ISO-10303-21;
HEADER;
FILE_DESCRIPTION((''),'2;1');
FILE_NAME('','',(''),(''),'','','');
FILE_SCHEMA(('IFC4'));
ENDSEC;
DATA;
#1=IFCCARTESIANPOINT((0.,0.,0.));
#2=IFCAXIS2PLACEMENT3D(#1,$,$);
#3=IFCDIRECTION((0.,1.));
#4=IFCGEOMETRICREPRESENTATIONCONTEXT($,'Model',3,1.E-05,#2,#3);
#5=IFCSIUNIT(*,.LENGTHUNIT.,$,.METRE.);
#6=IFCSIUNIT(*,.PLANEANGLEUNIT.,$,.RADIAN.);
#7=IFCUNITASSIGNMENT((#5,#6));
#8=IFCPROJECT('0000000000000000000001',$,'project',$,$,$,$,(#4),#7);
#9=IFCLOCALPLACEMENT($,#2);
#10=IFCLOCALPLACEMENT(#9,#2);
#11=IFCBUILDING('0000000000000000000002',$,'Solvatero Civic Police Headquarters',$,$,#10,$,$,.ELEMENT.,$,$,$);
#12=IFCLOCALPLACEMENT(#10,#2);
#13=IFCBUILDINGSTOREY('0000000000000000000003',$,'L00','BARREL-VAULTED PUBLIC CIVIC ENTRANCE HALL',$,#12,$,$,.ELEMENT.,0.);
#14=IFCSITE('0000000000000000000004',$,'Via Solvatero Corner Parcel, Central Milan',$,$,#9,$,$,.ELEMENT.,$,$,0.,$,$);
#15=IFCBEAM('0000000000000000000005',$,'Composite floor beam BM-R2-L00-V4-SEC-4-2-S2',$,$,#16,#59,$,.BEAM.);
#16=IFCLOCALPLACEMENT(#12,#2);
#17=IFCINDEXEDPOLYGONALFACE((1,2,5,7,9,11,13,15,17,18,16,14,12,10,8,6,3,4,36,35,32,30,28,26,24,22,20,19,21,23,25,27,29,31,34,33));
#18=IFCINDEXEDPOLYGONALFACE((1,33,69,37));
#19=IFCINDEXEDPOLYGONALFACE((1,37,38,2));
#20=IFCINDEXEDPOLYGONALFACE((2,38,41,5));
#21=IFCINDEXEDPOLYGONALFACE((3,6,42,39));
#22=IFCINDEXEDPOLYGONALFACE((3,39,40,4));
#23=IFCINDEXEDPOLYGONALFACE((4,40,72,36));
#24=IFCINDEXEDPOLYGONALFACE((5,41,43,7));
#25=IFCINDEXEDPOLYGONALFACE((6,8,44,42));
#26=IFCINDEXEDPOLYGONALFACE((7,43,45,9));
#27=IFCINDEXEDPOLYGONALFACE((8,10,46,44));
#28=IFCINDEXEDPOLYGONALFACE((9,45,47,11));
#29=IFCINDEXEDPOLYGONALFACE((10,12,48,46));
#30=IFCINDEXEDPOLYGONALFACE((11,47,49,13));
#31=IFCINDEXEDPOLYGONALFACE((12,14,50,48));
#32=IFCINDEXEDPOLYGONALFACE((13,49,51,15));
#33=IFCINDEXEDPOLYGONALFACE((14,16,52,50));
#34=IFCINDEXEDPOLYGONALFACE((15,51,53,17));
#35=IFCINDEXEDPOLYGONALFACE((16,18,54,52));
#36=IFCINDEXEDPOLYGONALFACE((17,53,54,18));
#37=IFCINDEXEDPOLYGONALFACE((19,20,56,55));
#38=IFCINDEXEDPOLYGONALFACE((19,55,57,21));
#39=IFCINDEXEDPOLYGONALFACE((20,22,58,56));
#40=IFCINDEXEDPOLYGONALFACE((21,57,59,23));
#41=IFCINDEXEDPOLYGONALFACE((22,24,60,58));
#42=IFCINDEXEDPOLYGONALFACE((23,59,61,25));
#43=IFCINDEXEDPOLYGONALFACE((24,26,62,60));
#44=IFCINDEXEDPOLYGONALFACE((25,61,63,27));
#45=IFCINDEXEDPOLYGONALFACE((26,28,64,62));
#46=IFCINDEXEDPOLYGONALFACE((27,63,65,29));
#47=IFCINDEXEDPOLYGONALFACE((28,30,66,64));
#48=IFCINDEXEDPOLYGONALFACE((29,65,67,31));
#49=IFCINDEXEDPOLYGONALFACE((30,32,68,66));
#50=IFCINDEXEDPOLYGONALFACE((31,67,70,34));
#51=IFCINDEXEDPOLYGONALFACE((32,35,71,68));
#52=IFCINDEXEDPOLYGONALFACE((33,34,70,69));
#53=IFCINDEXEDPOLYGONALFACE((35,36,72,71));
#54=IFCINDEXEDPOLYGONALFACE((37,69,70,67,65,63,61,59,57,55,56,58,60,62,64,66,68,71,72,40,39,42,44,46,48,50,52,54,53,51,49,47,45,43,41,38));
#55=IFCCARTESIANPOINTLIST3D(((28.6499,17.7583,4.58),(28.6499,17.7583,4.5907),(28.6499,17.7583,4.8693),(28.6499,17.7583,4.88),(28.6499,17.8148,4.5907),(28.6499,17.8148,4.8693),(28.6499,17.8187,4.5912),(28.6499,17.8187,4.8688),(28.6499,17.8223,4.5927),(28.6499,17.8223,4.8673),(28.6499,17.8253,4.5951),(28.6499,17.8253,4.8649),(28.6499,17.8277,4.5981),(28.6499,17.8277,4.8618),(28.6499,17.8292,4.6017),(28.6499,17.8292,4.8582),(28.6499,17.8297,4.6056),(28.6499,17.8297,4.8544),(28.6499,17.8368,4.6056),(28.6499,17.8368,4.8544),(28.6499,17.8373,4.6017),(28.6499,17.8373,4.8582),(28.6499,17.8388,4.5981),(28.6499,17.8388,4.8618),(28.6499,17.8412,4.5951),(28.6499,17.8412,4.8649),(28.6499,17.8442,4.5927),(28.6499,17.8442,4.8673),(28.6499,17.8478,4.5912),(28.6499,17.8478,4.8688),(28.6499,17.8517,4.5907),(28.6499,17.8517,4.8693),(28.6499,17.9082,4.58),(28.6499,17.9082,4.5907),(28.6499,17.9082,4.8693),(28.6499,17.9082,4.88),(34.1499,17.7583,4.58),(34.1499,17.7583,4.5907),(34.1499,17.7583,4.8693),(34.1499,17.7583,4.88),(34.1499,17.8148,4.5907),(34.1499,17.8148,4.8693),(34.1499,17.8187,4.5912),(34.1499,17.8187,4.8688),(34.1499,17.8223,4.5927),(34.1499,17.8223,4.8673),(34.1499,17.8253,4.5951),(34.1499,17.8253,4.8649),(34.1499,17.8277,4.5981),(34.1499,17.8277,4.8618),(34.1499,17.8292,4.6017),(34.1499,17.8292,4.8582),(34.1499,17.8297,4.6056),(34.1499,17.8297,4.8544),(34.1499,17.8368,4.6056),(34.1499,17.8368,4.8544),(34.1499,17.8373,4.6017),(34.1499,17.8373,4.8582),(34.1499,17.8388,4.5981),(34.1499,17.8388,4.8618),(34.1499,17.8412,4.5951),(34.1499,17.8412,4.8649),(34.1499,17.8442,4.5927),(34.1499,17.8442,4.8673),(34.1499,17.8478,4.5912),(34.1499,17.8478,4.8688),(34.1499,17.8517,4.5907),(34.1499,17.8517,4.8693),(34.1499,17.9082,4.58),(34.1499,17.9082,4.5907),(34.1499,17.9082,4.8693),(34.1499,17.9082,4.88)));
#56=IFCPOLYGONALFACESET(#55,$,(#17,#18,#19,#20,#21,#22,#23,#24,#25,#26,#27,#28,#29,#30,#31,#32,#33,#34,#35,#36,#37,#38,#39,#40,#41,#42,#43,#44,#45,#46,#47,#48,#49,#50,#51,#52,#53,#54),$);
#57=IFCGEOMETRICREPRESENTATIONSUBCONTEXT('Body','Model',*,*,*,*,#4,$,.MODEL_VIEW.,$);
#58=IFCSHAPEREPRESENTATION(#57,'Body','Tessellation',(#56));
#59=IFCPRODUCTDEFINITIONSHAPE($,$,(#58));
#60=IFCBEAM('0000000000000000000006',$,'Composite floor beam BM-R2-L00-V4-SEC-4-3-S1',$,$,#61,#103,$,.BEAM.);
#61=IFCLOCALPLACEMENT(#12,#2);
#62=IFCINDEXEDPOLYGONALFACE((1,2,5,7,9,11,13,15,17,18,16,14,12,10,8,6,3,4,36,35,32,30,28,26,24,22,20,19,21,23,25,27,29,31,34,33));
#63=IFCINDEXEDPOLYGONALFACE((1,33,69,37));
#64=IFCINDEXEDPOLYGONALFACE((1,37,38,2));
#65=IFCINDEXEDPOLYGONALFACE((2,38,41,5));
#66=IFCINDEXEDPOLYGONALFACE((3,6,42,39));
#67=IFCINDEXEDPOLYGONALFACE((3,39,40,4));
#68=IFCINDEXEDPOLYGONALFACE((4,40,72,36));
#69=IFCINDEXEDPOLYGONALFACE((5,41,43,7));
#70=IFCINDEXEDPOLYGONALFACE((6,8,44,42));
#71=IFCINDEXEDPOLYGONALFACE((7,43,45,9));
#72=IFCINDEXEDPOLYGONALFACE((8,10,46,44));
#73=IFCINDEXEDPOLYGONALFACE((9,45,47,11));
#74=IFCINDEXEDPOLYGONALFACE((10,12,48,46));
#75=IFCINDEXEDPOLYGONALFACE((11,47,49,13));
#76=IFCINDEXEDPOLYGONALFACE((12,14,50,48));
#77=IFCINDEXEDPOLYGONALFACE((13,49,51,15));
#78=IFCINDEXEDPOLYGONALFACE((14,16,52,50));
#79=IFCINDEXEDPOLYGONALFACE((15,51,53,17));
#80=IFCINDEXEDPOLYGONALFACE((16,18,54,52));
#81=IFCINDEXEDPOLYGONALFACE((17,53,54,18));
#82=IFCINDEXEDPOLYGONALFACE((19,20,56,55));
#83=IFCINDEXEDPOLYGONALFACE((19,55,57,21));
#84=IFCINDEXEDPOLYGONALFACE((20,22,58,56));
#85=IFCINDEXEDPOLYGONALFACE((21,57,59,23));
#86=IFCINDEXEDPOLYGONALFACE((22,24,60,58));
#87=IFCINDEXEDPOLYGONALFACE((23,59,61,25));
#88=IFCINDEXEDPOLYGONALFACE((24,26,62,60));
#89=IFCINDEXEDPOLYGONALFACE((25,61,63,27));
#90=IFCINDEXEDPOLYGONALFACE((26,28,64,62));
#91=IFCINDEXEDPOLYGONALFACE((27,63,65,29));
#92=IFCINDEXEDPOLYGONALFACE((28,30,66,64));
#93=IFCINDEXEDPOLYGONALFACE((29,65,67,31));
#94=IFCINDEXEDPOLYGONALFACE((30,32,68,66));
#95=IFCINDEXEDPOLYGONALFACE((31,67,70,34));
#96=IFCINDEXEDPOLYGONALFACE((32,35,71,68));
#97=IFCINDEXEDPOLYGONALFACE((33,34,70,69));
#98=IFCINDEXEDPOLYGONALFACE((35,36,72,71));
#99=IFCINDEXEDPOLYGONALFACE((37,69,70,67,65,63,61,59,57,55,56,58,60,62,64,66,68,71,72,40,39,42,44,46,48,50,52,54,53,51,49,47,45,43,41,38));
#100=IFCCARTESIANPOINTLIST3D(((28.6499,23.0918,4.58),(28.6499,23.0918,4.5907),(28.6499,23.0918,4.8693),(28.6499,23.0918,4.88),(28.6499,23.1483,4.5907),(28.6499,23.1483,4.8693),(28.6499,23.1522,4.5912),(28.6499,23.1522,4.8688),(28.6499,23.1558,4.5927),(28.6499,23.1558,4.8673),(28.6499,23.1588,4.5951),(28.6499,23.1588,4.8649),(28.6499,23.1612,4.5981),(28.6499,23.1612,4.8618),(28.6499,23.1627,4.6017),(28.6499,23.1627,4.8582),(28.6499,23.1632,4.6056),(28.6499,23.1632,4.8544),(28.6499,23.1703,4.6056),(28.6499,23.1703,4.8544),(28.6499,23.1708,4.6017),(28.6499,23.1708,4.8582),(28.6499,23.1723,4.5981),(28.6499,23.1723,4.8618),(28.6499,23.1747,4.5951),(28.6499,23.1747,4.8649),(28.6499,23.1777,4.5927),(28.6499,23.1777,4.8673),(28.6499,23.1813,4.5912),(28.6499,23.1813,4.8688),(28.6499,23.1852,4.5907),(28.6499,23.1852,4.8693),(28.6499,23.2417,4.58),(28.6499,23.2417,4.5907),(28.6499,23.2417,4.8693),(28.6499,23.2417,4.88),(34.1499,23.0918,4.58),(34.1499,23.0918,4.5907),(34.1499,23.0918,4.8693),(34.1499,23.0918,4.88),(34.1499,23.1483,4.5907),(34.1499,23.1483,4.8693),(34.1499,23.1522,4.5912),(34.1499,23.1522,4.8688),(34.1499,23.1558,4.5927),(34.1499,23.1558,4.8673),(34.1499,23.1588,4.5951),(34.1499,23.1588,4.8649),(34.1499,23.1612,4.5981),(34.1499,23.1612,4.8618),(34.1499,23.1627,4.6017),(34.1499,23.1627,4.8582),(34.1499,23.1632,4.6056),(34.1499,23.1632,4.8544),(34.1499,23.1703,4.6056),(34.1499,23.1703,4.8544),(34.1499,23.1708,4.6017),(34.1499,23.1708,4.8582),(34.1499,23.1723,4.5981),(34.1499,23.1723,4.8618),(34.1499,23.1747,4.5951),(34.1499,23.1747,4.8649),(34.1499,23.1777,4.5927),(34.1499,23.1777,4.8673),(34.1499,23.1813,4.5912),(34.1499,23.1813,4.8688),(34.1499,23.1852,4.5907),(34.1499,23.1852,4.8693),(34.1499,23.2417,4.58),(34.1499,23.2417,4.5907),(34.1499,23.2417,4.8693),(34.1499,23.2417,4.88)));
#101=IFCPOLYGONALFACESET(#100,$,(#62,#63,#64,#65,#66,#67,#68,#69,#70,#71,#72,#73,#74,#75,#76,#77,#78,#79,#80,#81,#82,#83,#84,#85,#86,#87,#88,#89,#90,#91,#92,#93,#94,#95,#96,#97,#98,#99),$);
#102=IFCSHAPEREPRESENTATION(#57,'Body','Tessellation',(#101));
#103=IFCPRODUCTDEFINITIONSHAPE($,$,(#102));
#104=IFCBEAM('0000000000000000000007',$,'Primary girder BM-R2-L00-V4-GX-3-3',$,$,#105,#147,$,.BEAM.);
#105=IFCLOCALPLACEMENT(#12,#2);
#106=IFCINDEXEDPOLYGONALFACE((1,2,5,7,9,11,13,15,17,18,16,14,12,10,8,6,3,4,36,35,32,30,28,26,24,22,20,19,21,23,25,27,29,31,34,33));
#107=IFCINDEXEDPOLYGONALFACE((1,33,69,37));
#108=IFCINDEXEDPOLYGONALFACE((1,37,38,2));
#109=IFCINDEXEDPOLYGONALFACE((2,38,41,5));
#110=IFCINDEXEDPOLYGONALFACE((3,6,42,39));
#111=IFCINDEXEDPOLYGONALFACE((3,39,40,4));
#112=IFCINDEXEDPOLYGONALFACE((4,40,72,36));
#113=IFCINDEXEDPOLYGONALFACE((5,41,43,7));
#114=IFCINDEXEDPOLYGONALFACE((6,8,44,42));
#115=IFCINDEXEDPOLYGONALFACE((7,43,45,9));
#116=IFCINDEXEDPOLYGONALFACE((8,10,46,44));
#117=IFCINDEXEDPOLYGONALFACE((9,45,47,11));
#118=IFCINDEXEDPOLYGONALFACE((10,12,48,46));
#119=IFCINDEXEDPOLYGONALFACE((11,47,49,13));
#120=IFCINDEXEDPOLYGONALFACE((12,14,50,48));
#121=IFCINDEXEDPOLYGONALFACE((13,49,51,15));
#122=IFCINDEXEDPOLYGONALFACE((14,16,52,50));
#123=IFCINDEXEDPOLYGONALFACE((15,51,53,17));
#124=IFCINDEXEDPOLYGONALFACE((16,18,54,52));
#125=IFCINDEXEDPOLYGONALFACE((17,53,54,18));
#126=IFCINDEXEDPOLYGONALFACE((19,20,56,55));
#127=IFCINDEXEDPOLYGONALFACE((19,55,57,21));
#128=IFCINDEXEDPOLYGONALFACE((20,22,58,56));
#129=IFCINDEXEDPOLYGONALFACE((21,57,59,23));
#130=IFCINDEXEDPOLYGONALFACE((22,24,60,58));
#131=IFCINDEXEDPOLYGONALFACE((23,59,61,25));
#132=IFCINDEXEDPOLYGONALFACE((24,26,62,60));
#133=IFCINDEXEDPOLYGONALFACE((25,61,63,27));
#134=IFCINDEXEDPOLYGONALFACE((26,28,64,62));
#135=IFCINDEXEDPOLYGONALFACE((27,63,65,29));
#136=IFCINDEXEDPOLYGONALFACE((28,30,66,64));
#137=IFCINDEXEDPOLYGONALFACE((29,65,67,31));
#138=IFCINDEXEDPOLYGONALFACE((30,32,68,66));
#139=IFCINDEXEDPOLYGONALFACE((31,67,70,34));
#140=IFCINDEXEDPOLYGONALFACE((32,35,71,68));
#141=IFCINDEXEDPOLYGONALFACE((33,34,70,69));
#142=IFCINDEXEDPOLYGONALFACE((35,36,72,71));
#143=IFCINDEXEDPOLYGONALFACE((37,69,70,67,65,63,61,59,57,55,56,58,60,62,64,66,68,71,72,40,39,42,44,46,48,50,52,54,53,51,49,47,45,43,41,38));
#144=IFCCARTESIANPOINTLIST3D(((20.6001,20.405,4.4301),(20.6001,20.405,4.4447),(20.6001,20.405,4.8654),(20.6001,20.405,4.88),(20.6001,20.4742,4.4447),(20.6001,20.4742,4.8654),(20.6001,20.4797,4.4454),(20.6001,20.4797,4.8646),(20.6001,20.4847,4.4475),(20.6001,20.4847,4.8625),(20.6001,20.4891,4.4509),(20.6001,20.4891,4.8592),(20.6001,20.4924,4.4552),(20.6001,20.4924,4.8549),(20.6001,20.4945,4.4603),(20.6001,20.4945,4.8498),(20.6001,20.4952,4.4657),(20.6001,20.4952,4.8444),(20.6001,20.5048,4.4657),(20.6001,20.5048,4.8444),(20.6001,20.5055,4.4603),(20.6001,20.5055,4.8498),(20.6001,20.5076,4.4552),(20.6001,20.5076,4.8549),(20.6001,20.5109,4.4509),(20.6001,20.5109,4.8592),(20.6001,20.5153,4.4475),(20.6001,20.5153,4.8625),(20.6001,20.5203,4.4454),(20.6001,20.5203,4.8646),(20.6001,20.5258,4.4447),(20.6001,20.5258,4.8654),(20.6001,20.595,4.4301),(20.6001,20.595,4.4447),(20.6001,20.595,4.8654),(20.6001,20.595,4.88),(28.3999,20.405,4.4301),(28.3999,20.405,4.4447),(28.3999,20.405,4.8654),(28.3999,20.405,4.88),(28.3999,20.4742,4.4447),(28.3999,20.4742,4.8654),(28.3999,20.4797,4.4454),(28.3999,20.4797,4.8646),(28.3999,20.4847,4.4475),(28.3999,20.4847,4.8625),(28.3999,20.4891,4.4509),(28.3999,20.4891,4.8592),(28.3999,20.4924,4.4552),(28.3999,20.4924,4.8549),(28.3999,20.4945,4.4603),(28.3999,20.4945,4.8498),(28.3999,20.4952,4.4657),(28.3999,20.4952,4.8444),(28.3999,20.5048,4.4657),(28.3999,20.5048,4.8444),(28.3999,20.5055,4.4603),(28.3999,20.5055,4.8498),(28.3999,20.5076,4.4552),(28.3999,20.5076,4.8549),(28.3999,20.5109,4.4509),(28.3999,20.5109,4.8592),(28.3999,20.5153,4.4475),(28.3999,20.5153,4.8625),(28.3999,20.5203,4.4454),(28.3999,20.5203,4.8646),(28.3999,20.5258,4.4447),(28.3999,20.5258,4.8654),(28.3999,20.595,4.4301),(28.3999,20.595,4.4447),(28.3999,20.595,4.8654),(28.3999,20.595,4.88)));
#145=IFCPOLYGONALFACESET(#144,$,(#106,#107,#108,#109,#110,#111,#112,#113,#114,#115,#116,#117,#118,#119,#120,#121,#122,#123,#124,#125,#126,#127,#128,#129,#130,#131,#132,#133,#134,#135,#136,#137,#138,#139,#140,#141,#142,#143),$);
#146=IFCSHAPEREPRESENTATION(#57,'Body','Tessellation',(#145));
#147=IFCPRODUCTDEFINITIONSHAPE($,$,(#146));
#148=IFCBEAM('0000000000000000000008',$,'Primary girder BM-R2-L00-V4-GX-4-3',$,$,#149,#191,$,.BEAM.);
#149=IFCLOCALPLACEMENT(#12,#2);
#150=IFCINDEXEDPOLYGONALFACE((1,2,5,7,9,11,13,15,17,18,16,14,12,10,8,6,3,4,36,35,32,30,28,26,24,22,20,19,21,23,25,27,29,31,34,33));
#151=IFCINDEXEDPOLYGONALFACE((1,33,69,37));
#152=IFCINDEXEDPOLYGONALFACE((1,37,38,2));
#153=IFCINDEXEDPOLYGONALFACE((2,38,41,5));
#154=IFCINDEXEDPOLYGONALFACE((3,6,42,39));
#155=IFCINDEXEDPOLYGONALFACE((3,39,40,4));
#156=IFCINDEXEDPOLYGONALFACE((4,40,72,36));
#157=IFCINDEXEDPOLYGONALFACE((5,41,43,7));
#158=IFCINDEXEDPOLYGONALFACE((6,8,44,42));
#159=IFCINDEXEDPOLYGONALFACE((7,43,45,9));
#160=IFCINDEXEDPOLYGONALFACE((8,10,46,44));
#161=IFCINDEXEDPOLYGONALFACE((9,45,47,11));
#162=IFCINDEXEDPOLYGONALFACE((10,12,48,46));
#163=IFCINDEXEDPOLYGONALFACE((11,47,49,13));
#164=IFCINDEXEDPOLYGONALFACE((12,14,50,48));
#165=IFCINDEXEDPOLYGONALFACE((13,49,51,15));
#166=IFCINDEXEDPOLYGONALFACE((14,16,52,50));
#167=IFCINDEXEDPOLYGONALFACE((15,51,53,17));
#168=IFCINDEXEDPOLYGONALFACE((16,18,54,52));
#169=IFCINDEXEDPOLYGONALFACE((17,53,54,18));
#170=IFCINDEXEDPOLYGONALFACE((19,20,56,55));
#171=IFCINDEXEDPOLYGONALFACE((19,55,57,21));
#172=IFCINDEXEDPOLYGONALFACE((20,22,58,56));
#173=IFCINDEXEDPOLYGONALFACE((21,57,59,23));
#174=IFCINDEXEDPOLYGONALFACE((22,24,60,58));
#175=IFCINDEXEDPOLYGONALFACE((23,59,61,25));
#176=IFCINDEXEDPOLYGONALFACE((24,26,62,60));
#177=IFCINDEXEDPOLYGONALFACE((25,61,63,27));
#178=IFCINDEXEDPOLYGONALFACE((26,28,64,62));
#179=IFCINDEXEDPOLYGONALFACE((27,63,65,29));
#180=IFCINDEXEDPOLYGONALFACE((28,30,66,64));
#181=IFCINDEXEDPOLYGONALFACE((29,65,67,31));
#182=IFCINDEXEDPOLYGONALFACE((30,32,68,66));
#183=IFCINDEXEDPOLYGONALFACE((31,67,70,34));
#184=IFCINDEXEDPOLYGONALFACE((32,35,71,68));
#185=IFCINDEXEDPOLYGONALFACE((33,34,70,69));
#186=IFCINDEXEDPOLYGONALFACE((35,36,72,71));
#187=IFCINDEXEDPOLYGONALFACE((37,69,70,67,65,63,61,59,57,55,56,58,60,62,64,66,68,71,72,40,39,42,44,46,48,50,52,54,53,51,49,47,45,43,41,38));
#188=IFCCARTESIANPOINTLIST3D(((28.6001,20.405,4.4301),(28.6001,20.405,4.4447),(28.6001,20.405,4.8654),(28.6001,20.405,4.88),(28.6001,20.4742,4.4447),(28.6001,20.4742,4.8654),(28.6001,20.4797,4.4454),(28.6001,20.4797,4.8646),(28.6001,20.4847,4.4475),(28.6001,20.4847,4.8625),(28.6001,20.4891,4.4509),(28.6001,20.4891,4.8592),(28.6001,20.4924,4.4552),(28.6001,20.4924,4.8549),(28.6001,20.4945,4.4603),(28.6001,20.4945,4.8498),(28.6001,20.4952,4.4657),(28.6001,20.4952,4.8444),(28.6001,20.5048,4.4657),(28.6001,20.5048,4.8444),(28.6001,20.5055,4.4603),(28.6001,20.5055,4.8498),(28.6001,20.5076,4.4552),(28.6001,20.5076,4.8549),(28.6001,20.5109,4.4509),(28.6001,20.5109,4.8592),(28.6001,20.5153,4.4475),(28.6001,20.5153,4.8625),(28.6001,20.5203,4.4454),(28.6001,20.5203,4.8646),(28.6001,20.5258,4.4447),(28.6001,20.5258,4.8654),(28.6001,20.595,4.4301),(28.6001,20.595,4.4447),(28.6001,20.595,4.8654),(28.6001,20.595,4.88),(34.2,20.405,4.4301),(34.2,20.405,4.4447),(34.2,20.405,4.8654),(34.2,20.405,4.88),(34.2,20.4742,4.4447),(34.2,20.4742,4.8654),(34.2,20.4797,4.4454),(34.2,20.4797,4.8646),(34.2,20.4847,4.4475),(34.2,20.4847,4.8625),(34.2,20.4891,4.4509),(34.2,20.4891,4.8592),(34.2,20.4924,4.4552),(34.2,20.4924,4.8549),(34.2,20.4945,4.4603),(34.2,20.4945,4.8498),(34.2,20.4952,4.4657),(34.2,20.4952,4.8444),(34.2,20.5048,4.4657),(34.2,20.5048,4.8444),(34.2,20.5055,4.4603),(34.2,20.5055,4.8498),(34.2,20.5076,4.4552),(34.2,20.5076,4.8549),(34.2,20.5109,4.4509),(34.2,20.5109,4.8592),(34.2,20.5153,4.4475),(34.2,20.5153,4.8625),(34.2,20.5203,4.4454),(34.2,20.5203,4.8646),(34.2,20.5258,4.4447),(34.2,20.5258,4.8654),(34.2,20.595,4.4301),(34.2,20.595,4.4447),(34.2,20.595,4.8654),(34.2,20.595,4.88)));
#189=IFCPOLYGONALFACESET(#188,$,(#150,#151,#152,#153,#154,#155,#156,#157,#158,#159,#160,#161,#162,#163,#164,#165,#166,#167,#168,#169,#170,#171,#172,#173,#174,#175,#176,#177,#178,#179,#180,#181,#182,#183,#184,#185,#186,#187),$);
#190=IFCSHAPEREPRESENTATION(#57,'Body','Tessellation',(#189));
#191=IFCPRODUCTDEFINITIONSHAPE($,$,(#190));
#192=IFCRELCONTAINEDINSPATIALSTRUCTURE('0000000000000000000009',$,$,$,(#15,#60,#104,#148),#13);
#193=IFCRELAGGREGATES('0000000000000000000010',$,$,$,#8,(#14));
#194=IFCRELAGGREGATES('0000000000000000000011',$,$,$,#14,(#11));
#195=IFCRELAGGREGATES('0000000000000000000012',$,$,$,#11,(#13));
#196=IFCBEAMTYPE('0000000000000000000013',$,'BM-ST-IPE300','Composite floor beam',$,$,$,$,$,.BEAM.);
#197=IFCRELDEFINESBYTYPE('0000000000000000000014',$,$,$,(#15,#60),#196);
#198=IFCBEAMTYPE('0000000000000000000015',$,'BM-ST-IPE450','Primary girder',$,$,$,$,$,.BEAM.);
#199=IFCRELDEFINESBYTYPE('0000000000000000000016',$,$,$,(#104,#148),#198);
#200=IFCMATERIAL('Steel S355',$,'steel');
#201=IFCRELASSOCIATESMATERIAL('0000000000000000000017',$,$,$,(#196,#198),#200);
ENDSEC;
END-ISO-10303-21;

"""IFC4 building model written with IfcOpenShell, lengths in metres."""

from ifc_helpers import new_model, si_unit, direction, frame, origin, origin_2d, place, context, subcontext, project, spatial, i_section, extrude, material, material_profile, profile_set, type_object, element, save


model = new_model("IFC4")

# Units and contexts
model_context = context("Model", 3, precision=1e-05, world=origin(), true_north=direction((0.0, 1.0)))
body_context = subcontext(model_context, "Body", "Model", "MODEL_VIEW")
ifc_project = project(units=[si_unit("LENGTHUNIT", "METRE"), si_unit("PLANEANGLEUNIT", "RADIAN")], contexts=[model_context])

# Site, building, storey
site_placement = place(None, origin())
site = spatial("IfcSite", under=ifc_project, at=site_placement, Name="Via Solvatero Corner Parcel, Central Milan", CompositionType="ELEMENT", RefElevation=0.0)
building_placement = place(site_placement, origin())
building = spatial("IfcBuilding", under=site, at=building_placement, Name="Solvatero Civic Police Headquarters", CompositionType="ELEMENT")
storey_placement = place(building_placement, origin())
storey = spatial("IfcBuildingStorey", under=building, at=storey_placement, Name="L00", Description="BARREL-VAULTED PUBLIC CIVIC ENTRANCE HALL", CompositionType="ELEMENT", Elevation=0.0)

# Beams
ifc_material_1 = material(Name="Steel S355", Category="steel")
ifc_material_profile_1 = material_profile(ifc_material_1, i_section(OverallWidth=0.1499, OverallDepth=0.3, WebThickness=0.0071, FlangeThickness=0.0107, FilletRadius=0.0149, at=origin_2d()), Name="IPE 300")
ifc_profile_set_1 = profile_set([ifc_material_profile_1], Name="Steel S355")
beam_type_1 = type_object("IfcBeamType", Name="BM-ST-IPE300", Description="Composite floor beam", PredefinedType="BEAM", material=ifc_profile_set_1)
for number, where, z_axis, x_axis, name in (
    (1, (28.6499, 17.8333, 4.73), (1.0, 0.0, 0.0), (0.0, 1.0, 0.0), "Composite floor beam BM-R2-L00-V4-SEC-4-2-S2"),
    (2, (28.6499, 23.1667, 4.73), (1.0, 0.0, 0.0), (0.0, 1.0, 0.0), "Composite floor beam BM-R2-L00-V4-SEC-4-3-S1"),
):
    element("IfcBeam", number, at=place(storey_placement, frame(where, z_axis=z_axis, x_axis=x_axis)), inside=storey, type_object=beam_type_1, Name=name, PredefinedType="BEAM", context=body_context, shape_type="SweptSolid", body=[
        extrude(i_section(OverallWidth=0.1499, OverallDepth=0.3, WebThickness=0.0071, FlangeThickness=0.0107, FilletRadius=0.0149, at=origin_2d()), origin(), (0.0, 0.0, 1.0), 5.5),
    ])
ifc_material_profile_2 = material_profile(ifc_material_1, i_section(OverallWidth=0.1899, OverallDepth=0.45, WebThickness=0.0095, FlangeThickness=0.0146, FilletRadius=0.021, at=origin_2d()), Name="IPE 450")
ifc_profile_set_2 = profile_set([ifc_material_profile_2], Name="Steel S355")
beam_type_2 = type_object("IfcBeamType", Name="BM-ST-IPE450", Description="Primary girder", PredefinedType="BEAM", material=ifc_profile_set_2)
beam_1_placement = place(storey_placement, frame((20.6001, 20.5, 4.655), z_axis=(1.0, 0.0, 0.0), x_axis=(0.0, 1.0, 0.0)))
element("IfcBeam", 3, at=beam_1_placement, inside=storey, type_object=beam_type_2, Name="Primary girder BM-R2-L00-V4-GX-3-3", PredefinedType="BEAM", context=body_context, shape_type="SweptSolid", body=[
    extrude(i_section(OverallWidth=0.1899, OverallDepth=0.45, WebThickness=0.0095, FlangeThickness=0.0146, FilletRadius=0.021, at=origin_2d()), origin(), (0.0, 0.0, 1.0), 7.7998),
])
beam_2_placement = place(storey_placement, frame((28.6001, 20.5, 4.655), z_axis=(1.0, 0.0, 0.0), x_axis=(0.0, 1.0, 0.0)))
element("IfcBeam", 4, at=beam_2_placement, inside=storey, type_object=beam_type_2, Name="Primary girder BM-R2-L00-V4-GX-4-3", PredefinedType="BEAM", context=body_context, shape_type="SweptSolid", body=[
    extrude(i_section(OverallWidth=0.1899, OverallDepth=0.45, WebThickness=0.0095, FlangeThickness=0.0146, FilletRadius=0.021, at=origin_2d()), origin(), (0.0, 0.0, 1.0), 5.5999),
])

save(model, "model.ifc")
